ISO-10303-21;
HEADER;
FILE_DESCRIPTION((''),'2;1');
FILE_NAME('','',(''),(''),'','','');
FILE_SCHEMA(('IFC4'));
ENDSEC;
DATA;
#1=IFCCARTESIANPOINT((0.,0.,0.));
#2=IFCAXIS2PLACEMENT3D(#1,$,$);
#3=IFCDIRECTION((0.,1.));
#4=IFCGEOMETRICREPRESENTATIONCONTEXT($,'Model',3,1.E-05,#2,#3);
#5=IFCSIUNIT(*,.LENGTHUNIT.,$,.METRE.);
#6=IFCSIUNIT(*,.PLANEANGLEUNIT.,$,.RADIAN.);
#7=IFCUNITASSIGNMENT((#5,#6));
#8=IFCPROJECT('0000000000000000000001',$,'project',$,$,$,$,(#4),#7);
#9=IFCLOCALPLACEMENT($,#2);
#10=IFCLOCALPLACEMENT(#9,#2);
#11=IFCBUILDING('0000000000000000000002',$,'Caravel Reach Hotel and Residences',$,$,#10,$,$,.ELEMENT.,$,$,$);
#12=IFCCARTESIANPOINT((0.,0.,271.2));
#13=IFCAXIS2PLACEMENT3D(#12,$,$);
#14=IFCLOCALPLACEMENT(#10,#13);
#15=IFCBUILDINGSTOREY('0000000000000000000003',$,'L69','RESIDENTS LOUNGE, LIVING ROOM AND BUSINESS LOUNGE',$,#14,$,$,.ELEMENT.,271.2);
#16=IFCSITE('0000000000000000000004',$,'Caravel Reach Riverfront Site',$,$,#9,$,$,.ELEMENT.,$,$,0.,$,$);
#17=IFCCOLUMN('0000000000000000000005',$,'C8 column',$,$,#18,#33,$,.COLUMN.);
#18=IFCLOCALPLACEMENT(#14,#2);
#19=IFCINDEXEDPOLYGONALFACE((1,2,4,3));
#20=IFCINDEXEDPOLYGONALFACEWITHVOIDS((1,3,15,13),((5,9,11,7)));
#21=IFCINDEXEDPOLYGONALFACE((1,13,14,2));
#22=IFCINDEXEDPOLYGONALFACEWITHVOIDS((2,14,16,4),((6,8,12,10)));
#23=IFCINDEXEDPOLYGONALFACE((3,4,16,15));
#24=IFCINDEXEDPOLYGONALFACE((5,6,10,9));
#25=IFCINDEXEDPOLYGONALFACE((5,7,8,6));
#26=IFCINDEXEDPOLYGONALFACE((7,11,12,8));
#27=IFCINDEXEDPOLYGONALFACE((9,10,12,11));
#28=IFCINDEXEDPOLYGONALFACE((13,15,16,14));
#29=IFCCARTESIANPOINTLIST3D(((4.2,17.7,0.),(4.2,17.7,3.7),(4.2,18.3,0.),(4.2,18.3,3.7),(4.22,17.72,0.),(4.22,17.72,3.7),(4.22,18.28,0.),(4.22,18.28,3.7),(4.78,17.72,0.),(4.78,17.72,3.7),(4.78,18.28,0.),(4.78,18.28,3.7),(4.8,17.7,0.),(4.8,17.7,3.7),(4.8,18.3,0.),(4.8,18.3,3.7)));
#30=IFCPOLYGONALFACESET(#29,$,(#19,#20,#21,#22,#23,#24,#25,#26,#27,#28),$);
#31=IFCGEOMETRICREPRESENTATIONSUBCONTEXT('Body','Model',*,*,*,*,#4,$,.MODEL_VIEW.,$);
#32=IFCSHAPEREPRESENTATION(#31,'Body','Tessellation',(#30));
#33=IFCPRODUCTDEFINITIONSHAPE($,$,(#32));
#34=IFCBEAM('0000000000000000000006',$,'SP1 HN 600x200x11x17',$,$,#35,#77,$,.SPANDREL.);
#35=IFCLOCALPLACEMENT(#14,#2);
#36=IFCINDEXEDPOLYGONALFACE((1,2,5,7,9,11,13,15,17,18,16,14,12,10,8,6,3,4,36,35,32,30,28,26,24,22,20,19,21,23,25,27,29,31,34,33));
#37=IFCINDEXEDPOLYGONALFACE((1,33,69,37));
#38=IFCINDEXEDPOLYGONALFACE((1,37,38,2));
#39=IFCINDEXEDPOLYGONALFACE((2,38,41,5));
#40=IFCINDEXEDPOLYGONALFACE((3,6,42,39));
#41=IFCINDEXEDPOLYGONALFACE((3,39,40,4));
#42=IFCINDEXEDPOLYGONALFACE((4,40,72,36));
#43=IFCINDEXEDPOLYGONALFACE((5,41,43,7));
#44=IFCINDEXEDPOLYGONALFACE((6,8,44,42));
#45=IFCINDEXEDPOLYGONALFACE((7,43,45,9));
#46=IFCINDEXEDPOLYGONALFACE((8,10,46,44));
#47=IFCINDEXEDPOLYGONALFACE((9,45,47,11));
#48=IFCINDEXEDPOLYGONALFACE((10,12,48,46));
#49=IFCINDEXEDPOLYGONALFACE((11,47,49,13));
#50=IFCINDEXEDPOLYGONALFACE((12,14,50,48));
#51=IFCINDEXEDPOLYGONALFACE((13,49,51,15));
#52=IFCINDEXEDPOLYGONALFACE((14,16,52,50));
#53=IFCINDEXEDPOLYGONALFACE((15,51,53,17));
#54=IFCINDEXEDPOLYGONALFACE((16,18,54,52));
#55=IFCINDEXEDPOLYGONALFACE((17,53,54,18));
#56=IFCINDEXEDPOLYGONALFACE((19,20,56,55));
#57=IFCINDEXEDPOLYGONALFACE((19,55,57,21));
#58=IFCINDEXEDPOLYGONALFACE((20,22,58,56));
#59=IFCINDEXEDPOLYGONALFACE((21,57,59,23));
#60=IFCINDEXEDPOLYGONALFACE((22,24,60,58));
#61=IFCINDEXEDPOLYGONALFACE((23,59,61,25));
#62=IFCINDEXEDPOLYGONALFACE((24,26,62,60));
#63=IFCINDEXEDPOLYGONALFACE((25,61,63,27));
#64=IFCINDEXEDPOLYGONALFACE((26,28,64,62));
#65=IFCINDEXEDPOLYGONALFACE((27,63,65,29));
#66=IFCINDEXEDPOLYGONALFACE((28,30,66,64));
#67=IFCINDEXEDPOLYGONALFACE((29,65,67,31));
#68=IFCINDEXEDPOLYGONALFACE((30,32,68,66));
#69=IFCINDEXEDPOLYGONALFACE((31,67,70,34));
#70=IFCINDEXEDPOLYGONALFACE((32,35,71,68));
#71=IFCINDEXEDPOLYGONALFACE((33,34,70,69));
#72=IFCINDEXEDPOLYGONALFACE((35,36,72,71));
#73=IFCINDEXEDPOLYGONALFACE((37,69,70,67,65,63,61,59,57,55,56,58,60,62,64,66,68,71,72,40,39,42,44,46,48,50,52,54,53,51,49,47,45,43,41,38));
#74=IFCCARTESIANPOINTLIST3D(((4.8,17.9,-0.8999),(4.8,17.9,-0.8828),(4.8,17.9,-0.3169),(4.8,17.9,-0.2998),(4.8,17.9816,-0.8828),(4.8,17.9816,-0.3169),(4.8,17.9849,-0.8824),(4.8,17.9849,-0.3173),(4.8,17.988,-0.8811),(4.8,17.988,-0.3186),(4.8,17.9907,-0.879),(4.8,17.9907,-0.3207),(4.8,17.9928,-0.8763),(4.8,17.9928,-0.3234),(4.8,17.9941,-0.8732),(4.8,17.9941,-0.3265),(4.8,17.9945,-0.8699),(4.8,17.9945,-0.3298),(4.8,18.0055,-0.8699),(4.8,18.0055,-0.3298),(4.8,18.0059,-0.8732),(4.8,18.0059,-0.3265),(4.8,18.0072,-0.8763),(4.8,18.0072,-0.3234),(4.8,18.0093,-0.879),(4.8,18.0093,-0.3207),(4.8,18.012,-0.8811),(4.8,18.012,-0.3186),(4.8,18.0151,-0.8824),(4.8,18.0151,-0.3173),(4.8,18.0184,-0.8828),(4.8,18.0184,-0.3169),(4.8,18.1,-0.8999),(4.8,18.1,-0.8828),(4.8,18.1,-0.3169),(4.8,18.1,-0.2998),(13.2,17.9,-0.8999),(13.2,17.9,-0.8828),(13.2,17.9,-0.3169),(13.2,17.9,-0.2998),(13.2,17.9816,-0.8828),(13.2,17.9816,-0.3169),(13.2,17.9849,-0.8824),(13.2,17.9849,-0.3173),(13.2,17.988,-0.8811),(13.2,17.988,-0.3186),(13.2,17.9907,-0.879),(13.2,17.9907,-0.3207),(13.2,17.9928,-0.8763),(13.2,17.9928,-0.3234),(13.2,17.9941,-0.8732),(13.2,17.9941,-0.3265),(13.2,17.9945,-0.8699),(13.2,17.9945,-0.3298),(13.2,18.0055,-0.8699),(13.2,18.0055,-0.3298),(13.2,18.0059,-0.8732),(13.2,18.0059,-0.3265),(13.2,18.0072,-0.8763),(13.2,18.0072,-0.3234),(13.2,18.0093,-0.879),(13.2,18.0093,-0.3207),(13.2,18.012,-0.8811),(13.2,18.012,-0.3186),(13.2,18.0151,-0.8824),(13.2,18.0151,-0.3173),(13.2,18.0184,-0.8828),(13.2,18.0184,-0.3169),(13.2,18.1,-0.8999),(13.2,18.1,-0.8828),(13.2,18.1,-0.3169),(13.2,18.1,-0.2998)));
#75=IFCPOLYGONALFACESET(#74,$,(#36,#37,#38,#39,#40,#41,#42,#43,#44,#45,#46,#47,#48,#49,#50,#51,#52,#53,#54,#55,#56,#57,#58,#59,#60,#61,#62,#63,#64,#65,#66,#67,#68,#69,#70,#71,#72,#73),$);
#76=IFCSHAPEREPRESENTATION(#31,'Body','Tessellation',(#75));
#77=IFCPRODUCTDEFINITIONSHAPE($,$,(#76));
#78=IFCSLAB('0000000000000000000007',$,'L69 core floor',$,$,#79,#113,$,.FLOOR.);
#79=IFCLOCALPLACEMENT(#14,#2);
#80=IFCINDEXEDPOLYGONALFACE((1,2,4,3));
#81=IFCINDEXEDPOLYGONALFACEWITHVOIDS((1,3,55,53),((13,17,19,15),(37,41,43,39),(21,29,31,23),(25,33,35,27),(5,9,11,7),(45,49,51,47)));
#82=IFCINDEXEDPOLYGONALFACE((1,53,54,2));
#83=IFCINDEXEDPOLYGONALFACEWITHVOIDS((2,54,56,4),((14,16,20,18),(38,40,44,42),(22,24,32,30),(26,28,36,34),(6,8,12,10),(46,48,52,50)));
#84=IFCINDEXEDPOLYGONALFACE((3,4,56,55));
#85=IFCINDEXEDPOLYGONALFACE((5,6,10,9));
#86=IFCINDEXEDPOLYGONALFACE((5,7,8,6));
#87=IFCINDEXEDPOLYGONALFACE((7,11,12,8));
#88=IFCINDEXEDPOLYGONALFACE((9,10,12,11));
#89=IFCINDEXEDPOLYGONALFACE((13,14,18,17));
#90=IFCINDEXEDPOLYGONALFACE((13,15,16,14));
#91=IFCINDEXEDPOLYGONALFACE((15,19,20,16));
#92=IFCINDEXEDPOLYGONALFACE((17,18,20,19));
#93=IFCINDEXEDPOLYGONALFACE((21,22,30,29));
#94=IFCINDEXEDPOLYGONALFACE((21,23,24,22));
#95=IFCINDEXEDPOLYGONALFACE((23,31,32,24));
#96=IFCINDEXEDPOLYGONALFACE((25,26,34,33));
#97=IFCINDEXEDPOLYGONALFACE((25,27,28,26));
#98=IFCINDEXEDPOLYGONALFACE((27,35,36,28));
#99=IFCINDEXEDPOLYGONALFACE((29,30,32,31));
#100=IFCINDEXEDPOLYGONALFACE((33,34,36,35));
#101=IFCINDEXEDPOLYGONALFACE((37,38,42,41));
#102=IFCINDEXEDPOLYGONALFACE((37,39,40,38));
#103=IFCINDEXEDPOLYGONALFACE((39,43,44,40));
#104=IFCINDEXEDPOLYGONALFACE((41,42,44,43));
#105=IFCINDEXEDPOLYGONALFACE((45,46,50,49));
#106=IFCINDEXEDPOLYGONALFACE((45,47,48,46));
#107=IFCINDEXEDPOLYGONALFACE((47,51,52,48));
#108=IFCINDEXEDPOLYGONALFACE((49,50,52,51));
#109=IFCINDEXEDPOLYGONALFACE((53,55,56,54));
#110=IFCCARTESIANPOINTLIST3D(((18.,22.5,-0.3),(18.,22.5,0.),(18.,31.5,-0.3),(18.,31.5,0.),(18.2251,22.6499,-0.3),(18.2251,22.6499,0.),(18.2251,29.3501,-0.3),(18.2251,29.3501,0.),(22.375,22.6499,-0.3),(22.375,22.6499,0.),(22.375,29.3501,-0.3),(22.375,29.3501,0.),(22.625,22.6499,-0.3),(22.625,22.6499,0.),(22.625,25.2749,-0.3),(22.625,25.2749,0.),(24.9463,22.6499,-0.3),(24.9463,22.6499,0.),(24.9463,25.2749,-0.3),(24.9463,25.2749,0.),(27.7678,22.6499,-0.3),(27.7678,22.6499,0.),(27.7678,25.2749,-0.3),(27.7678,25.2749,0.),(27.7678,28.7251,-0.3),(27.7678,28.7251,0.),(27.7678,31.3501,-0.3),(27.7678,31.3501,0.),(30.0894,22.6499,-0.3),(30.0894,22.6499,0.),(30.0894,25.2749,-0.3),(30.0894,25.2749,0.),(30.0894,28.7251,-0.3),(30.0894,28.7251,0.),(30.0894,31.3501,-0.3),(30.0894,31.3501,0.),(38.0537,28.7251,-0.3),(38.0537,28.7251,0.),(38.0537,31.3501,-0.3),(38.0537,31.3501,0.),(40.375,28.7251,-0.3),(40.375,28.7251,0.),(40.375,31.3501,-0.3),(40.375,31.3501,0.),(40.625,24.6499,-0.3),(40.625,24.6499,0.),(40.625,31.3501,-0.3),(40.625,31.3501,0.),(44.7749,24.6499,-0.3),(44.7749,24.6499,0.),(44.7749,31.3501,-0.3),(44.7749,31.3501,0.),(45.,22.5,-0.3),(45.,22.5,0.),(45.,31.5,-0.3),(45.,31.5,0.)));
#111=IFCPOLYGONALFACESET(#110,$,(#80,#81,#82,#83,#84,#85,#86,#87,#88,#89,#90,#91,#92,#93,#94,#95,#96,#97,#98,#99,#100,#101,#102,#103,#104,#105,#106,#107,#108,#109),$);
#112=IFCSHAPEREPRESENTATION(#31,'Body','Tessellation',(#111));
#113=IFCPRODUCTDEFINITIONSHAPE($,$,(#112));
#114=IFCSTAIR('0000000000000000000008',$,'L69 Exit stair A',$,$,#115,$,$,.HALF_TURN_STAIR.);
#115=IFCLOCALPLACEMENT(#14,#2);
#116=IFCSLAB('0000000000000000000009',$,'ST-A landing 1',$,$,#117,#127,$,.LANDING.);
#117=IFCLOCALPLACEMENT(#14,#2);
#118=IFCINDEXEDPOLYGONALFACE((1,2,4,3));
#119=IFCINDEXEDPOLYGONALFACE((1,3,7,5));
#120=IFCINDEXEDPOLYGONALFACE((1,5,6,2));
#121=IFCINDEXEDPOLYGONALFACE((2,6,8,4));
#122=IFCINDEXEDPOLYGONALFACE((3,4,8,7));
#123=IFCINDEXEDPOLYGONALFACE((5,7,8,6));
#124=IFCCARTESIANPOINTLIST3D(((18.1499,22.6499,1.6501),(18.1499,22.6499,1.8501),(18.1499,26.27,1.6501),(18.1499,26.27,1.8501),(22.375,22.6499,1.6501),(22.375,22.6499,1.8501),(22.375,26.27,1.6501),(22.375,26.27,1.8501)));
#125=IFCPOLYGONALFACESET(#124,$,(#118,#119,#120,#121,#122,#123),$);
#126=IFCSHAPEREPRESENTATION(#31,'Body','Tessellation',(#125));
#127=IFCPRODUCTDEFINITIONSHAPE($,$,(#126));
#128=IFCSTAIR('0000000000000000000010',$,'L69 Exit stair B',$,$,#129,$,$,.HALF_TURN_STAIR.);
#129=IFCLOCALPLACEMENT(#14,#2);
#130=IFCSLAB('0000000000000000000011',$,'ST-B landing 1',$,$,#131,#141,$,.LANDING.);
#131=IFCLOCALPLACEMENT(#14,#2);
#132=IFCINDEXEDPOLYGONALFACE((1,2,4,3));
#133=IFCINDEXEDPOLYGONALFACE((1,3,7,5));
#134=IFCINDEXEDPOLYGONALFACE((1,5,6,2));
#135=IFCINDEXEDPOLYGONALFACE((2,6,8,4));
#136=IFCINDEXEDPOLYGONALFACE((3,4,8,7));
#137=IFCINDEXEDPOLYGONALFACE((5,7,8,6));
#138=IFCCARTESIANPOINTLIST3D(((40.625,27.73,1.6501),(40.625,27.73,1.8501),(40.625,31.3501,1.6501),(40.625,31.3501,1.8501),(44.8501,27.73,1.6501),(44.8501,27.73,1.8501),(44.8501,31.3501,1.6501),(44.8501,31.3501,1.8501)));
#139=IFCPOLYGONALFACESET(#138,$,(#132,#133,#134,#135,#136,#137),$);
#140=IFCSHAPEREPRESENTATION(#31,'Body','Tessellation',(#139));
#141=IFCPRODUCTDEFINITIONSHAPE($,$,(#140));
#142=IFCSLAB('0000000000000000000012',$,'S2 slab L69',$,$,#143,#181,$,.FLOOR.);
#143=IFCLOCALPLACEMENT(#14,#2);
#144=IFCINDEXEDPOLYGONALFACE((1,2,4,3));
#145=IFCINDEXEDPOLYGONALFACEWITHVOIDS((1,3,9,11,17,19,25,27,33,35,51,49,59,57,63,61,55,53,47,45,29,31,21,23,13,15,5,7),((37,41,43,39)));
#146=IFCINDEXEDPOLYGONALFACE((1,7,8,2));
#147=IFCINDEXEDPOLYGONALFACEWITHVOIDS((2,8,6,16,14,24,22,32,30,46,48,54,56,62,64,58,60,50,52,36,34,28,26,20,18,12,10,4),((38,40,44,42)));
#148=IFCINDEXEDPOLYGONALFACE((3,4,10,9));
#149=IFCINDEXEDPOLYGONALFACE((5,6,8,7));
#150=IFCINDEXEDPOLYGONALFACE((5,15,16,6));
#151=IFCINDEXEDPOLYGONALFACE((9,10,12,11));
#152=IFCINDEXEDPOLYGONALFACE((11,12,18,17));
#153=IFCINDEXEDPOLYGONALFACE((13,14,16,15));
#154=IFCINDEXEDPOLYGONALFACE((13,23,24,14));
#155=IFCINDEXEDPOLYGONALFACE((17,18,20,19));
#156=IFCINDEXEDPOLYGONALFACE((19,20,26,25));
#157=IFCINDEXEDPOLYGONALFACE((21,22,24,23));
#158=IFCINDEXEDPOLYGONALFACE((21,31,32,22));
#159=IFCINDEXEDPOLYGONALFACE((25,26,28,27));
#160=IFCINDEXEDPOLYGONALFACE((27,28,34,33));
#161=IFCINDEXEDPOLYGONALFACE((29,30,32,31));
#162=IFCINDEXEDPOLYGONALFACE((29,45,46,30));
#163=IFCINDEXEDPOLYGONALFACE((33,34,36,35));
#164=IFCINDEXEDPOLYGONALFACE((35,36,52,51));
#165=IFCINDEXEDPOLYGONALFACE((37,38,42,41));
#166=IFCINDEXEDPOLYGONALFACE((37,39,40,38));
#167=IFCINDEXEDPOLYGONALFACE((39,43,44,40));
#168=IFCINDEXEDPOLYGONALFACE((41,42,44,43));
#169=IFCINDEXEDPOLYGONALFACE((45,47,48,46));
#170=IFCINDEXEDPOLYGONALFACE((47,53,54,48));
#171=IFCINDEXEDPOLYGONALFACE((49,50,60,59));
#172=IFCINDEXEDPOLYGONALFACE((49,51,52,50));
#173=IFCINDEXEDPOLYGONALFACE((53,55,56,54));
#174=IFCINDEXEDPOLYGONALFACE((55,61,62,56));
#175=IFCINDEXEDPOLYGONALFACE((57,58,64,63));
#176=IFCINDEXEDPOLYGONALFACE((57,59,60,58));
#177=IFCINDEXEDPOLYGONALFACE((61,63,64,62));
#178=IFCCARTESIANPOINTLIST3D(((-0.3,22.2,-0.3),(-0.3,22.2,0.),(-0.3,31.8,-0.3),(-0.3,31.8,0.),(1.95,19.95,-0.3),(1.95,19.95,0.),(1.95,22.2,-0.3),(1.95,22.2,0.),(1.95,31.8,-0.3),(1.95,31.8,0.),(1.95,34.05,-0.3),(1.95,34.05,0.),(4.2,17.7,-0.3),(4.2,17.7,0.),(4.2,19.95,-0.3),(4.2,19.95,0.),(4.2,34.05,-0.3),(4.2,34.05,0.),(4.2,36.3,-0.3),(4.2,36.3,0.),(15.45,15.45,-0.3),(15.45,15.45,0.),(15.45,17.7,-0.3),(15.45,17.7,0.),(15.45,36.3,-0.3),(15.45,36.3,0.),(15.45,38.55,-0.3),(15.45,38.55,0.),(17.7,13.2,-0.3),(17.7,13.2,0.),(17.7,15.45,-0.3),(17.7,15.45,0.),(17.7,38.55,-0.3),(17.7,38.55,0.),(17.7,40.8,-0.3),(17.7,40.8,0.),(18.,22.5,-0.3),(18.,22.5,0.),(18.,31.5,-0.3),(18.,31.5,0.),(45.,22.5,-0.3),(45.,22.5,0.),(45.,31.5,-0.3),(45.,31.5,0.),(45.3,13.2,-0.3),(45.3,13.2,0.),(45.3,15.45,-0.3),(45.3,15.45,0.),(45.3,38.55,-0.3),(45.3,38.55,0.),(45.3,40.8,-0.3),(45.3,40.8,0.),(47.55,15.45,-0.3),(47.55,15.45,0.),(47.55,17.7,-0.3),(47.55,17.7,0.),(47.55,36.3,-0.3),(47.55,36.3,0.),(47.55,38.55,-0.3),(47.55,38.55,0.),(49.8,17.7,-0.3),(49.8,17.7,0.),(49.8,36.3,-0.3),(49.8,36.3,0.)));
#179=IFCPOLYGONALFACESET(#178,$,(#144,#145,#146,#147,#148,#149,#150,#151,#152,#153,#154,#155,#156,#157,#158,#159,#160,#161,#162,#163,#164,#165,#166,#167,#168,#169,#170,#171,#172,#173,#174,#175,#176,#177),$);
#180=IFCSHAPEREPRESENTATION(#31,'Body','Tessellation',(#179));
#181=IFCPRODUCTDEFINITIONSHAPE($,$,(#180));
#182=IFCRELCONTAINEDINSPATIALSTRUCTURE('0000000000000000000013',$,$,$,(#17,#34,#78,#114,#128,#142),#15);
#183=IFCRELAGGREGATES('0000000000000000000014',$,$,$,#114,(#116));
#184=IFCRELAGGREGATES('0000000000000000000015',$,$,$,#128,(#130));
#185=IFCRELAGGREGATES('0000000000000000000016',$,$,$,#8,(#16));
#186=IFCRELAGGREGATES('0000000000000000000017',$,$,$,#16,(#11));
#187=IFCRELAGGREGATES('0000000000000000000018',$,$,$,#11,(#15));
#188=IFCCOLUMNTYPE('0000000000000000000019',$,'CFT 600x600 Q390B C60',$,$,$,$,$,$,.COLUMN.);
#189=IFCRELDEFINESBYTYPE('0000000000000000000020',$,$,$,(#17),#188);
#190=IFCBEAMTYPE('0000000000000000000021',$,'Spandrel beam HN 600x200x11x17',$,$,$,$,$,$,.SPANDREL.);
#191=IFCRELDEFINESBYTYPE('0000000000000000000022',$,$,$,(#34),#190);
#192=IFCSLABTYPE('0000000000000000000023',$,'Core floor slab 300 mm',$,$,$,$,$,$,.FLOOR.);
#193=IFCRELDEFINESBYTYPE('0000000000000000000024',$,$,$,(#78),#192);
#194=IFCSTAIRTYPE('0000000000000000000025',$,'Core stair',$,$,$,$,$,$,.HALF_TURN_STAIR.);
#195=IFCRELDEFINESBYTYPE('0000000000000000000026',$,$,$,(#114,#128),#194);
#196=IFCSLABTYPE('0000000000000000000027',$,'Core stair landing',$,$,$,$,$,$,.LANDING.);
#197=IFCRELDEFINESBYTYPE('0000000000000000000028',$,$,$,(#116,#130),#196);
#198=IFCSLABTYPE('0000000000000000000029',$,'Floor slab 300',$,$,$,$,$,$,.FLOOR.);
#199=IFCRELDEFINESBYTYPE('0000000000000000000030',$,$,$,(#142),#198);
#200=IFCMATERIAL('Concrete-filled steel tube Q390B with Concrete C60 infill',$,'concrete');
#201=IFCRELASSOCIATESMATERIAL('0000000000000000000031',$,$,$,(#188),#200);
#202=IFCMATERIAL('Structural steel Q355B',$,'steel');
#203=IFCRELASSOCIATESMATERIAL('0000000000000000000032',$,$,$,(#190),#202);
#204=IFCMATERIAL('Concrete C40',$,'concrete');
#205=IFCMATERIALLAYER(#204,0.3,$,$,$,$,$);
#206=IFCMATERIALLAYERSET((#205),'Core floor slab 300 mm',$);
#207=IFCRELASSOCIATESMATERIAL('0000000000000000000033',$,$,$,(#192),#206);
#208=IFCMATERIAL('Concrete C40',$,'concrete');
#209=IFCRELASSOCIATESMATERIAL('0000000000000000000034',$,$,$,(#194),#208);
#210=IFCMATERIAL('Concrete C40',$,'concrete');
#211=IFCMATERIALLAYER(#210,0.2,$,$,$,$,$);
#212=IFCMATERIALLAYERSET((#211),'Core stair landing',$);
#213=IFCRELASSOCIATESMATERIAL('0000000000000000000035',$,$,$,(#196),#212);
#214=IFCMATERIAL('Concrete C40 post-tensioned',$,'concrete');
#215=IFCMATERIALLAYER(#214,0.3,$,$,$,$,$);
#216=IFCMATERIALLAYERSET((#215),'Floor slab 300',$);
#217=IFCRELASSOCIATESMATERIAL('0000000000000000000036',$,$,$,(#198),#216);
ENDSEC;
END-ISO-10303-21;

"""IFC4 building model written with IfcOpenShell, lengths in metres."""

from ifc_helpers import new_model, si_unit, direction, frame, origin, origin_2d, place, context, subcontext, project, spatial, polyline, hollow_rectangle, i_section, outline, extrude, material, layer, layer_set, material_profile, profile_set, type_object, element, aggregate, save


model = new_model("IFC4")

# Units and contexts
model_context = context("Model", 3, precision=1e-05, world=origin(), true_north=direction((0.0, 1.0)))
body_context = subcontext(model_context, "Body", "Model", "MODEL_VIEW")
ifc_project = project(units=[si_unit("LENGTHUNIT", "METRE"), si_unit("PLANEANGLEUNIT", "RADIAN")], contexts=[model_context])

# Site, building, storey
site_placement = place(None, origin())
site = spatial("IfcSite", under=ifc_project, at=site_placement, Name="Caravel Reach Riverfront Site", CompositionType="ELEMENT", RefElevation=0.0)
building_placement = place(site_placement, origin())
building = spatial("IfcBuilding", under=site, at=building_placement, Name="Caravel Reach Hotel and Residences", CompositionType="ELEMENT")
storey_placement = place(building_placement, frame((0.0, 0.0, 271.2)))
storey = spatial("IfcBuildingStorey", under=building, at=storey_placement, Name="L69", Description="RESIDENTS LOUNGE, LIVING ROOM AND BUSINESS LOUNGE", CompositionType="ELEMENT", Elevation=271.2)

# Column
ifc_material_1 = material(Name="Concrete-filled steel tube Q390B with Concrete C60 infill", Category="concrete")
ifc_material_profile_1 = material_profile(ifc_material_1, hollow_rectangle(XDim=0.6001, YDim=0.6001, WallThickness=0.02, at=origin_2d()), Name="RHS 600x600x20")
ifc_profile_set_1 = profile_set([ifc_material_profile_1], Name="Concrete-filled steel tube Q390B with Concrete C60 infill")
column_type = type_object("IfcColumnType", Name="CFT 600x600 Q390B C60", PredefinedType="COLUMN", material=ifc_profile_set_1)
column_placement = place(storey_placement, frame((4.5, 18.0, 0.0), z_axis=(0.0, 0.0, 1.0), x_axis=(1.0, 0.0, 0.0)))
element("IfcColumn", 1, at=column_placement, inside=storey, type_object=column_type, Name="C8 column", PredefinedType="COLUMN", context=body_context, shape_type="SweptSolid", body=[
    extrude(hollow_rectangle(XDim=0.6001, YDim=0.6001, WallThickness=0.02, at=origin_2d()), origin(), (0.0, 0.0, 1.0), 3.7),
])

# Beam
ifc_material_2 = material(Name="Structural steel Q355B", Category="steel")
ifc_material_profile_2 = material_profile(ifc_material_2, i_section(OverallWidth=0.2, OverallDepth=0.6001, WebThickness=0.011, FlangeThickness=0.0171, FilletRadius=0.0129, at=origin_2d()), Name="HN 600x200x11x17")
ifc_profile_set_2 = profile_set([ifc_material_profile_2], Name="Structural steel Q355B")
beam_type = type_object("IfcBeamType", Name="Spandrel beam HN 600x200x11x17", PredefinedType="SPANDREL", material=ifc_profile_set_2)
beam_placement = place(storey_placement, frame((4.8, 18.0, -0.5999), z_axis=(1.0, 0.0, 0.0), x_axis=(0.0, 1.0, 0.0)))
element("IfcBeam", 2, at=beam_placement, inside=storey, type_object=beam_type, Name="SP1 HN 600x200x11x17", PredefinedType="SPANDREL", context=body_context, shape_type="SweptSolid", body=[
    extrude(i_section(OverallWidth=0.2, OverallDepth=0.6001, WebThickness=0.011, FlangeThickness=0.0171, FilletRadius=0.0129, at=origin_2d()), origin(), (0.0, 0.0, 1.0), 8.3999),
])

# Slab
ifc_material_3 = material(Name="Concrete C40", Category="concrete")
ifc_layer_1 = layer(ifc_material_3, 0.3)
ifc_layer_set_1 = layer_set([ifc_layer_1], Name="Core floor slab 300 mm")
slab_type_1 = type_object("IfcSlabType", Name="Core floor slab 300 mm", PredefinedType="FLOOR", material=ifc_layer_set_1)
slab_1_placement = place(storey_placement, frame((0.0, 0.0, -0.3)))
element("IfcSlab", 3, at=slab_1_placement, inside=storey, type_object=slab_type_1, Name="L69 core floor", PredefinedType="FLOOR", context=body_context, shape_type="SweptSolid", body=[
    extrude(outline(polyline([(18.0, 31.5), (45.0, 31.5), (45.0, 22.5), (18.0, 22.5), (18.0, 31.5)]), holes=[polyline([(22.625, 22.6499), (24.9463, 22.6499), (24.9463, 25.2749), (22.625, 25.2749), (22.625, 22.6499)]), polyline([(27.7678, 25.2749), (27.7678, 22.6499), (30.0894, 22.6499), (30.0894, 25.2749), (27.7678, 25.2749)]), polyline([(22.375, 22.6499), (22.375, 29.3501), (18.2251, 29.3501), (18.2251, 22.6499), (22.375, 22.6499)]), polyline([(40.625, 24.6499), (44.7749, 24.6499), (44.7749, 31.3501), (40.625, 31.3501), (40.625, 24.6499)]), polyline([(27.7678, 31.3501), (27.7678, 28.7251), (30.0894, 28.7251), (30.0894, 31.3501), (27.7678, 31.3501)]), polyline([(38.0537, 31.3501), (38.0537, 28.7251), (40.375, 28.7251), (40.375, 31.3501), (38.0537, 31.3501)])]), origin(), (0.0, 0.0, 1.0), 0.3),
])

# Stairs, slabs
ifc_material_4 = material(Name="Concrete C40", Category="concrete")
stair_type = type_object("IfcStairType", Name="Core stair", PredefinedType="HALF_TURN_STAIR", material=ifc_material_4)
stair_1_placement = place(storey_placement, origin())
stair_1 = element("IfcStair", 4, at=stair_1_placement, inside=storey, type_object=stair_type, Name="L69 Exit stair A", PredefinedType="HALF_TURN_STAIR")
ifc_material_5 = material(Name="Concrete C40", Category="concrete")
ifc_layer_2 = layer(ifc_material_5, 0.2)
ifc_layer_set_2 = layer_set([ifc_layer_2], Name="Core stair landing")
slab_type_2 = type_object("IfcSlabType", Name="Core stair landing", PredefinedType="LANDING", material=ifc_layer_set_2)
slab_2_placement = place(storey_placement, frame((0.0, 0.0, 1.6501)))
slab_2 = element("IfcSlab", 5, at=slab_2_placement, type_object=slab_type_2, Name="ST-A landing 1", PredefinedType="LANDING", context=body_context, shape_type="SweptSolid", body=[
    extrude(outline(polyline([(18.1499, 26.27), (18.1499, 22.6499), (22.375, 22.6499), (22.375, 26.27), (18.1499, 26.27)])), origin(), (0.0, 0.0, 1.0), 0.2),
])
aggregate(stair_1, [slab_2])
stair_2_placement = place(storey_placement, origin())
stair_2 = element("IfcStair", 6, at=stair_2_placement, inside=storey, type_object=stair_type, Name="L69 Exit stair B", PredefinedType="HALF_TURN_STAIR")
slab_3_placement = place(storey_placement, frame((0.0, 0.0, 1.6501)))
slab_3 = element("IfcSlab", 7, at=slab_3_placement, type_object=slab_type_2, Name="ST-B landing 1", PredefinedType="LANDING", context=body_context, shape_type="SweptSolid", body=[
    extrude(outline(polyline([(44.8501, 27.73), (44.8501, 31.3501), (40.625, 31.3501), (40.625, 27.73), (44.8501, 27.73)])), origin(), (0.0, 0.0, 1.0), 0.2),
])
aggregate(stair_2, [slab_3])

# Slab
ifc_material_6 = material(Name="Concrete C40 post-tensioned", Category="concrete")
ifc_layer_3 = layer(ifc_material_6, 0.3)
ifc_layer_set_3 = layer_set([ifc_layer_3], Name="Floor slab 300")
slab_type_3 = type_object("IfcSlabType", Name="Floor slab 300", PredefinedType="FLOOR", material=ifc_layer_set_3)
slab_4_placement = place(storey_placement, frame((0.0, 0.0, -0.3)))
element("IfcSlab", 8, at=slab_4_placement, inside=storey, type_object=slab_type_3, Name="S2 slab L69", PredefinedType="FLOOR", context=body_context, shape_type="SweptSolid", body=[
    extrude(outline(polyline([(4.2, 19.95), (1.95, 19.95), (1.95, 22.2), (-0.3, 22.2), (-0.3, 31.8), (1.95, 31.8), (1.95, 34.05), (4.2, 34.05), (4.2, 36.3), (15.45, 36.3), (15.45, 38.55), (17.7, 38.55), (17.7, 40.8), (45.3, 40.8), (45.3, 38.55), (47.55, 38.55), (47.55, 36.3), (49.8, 36.3), (49.8, 17.7), (47.55, 17.7), (47.55, 15.45), (45.3, 15.45), (45.3, 13.2), (17.7, 13.2), (17.7, 15.45), (15.45, 15.45), (15.45, 17.7), (4.2, 17.7), (4.2, 19.95)]), holes=[polyline([(45.0, 31.5), (18.0, 31.5), (18.0, 22.5), (45.0, 22.5), (45.0, 31.5)])]), origin(), (0.0, 0.0, 1.0), 0.3),
])

save(model, "model.ifc")
